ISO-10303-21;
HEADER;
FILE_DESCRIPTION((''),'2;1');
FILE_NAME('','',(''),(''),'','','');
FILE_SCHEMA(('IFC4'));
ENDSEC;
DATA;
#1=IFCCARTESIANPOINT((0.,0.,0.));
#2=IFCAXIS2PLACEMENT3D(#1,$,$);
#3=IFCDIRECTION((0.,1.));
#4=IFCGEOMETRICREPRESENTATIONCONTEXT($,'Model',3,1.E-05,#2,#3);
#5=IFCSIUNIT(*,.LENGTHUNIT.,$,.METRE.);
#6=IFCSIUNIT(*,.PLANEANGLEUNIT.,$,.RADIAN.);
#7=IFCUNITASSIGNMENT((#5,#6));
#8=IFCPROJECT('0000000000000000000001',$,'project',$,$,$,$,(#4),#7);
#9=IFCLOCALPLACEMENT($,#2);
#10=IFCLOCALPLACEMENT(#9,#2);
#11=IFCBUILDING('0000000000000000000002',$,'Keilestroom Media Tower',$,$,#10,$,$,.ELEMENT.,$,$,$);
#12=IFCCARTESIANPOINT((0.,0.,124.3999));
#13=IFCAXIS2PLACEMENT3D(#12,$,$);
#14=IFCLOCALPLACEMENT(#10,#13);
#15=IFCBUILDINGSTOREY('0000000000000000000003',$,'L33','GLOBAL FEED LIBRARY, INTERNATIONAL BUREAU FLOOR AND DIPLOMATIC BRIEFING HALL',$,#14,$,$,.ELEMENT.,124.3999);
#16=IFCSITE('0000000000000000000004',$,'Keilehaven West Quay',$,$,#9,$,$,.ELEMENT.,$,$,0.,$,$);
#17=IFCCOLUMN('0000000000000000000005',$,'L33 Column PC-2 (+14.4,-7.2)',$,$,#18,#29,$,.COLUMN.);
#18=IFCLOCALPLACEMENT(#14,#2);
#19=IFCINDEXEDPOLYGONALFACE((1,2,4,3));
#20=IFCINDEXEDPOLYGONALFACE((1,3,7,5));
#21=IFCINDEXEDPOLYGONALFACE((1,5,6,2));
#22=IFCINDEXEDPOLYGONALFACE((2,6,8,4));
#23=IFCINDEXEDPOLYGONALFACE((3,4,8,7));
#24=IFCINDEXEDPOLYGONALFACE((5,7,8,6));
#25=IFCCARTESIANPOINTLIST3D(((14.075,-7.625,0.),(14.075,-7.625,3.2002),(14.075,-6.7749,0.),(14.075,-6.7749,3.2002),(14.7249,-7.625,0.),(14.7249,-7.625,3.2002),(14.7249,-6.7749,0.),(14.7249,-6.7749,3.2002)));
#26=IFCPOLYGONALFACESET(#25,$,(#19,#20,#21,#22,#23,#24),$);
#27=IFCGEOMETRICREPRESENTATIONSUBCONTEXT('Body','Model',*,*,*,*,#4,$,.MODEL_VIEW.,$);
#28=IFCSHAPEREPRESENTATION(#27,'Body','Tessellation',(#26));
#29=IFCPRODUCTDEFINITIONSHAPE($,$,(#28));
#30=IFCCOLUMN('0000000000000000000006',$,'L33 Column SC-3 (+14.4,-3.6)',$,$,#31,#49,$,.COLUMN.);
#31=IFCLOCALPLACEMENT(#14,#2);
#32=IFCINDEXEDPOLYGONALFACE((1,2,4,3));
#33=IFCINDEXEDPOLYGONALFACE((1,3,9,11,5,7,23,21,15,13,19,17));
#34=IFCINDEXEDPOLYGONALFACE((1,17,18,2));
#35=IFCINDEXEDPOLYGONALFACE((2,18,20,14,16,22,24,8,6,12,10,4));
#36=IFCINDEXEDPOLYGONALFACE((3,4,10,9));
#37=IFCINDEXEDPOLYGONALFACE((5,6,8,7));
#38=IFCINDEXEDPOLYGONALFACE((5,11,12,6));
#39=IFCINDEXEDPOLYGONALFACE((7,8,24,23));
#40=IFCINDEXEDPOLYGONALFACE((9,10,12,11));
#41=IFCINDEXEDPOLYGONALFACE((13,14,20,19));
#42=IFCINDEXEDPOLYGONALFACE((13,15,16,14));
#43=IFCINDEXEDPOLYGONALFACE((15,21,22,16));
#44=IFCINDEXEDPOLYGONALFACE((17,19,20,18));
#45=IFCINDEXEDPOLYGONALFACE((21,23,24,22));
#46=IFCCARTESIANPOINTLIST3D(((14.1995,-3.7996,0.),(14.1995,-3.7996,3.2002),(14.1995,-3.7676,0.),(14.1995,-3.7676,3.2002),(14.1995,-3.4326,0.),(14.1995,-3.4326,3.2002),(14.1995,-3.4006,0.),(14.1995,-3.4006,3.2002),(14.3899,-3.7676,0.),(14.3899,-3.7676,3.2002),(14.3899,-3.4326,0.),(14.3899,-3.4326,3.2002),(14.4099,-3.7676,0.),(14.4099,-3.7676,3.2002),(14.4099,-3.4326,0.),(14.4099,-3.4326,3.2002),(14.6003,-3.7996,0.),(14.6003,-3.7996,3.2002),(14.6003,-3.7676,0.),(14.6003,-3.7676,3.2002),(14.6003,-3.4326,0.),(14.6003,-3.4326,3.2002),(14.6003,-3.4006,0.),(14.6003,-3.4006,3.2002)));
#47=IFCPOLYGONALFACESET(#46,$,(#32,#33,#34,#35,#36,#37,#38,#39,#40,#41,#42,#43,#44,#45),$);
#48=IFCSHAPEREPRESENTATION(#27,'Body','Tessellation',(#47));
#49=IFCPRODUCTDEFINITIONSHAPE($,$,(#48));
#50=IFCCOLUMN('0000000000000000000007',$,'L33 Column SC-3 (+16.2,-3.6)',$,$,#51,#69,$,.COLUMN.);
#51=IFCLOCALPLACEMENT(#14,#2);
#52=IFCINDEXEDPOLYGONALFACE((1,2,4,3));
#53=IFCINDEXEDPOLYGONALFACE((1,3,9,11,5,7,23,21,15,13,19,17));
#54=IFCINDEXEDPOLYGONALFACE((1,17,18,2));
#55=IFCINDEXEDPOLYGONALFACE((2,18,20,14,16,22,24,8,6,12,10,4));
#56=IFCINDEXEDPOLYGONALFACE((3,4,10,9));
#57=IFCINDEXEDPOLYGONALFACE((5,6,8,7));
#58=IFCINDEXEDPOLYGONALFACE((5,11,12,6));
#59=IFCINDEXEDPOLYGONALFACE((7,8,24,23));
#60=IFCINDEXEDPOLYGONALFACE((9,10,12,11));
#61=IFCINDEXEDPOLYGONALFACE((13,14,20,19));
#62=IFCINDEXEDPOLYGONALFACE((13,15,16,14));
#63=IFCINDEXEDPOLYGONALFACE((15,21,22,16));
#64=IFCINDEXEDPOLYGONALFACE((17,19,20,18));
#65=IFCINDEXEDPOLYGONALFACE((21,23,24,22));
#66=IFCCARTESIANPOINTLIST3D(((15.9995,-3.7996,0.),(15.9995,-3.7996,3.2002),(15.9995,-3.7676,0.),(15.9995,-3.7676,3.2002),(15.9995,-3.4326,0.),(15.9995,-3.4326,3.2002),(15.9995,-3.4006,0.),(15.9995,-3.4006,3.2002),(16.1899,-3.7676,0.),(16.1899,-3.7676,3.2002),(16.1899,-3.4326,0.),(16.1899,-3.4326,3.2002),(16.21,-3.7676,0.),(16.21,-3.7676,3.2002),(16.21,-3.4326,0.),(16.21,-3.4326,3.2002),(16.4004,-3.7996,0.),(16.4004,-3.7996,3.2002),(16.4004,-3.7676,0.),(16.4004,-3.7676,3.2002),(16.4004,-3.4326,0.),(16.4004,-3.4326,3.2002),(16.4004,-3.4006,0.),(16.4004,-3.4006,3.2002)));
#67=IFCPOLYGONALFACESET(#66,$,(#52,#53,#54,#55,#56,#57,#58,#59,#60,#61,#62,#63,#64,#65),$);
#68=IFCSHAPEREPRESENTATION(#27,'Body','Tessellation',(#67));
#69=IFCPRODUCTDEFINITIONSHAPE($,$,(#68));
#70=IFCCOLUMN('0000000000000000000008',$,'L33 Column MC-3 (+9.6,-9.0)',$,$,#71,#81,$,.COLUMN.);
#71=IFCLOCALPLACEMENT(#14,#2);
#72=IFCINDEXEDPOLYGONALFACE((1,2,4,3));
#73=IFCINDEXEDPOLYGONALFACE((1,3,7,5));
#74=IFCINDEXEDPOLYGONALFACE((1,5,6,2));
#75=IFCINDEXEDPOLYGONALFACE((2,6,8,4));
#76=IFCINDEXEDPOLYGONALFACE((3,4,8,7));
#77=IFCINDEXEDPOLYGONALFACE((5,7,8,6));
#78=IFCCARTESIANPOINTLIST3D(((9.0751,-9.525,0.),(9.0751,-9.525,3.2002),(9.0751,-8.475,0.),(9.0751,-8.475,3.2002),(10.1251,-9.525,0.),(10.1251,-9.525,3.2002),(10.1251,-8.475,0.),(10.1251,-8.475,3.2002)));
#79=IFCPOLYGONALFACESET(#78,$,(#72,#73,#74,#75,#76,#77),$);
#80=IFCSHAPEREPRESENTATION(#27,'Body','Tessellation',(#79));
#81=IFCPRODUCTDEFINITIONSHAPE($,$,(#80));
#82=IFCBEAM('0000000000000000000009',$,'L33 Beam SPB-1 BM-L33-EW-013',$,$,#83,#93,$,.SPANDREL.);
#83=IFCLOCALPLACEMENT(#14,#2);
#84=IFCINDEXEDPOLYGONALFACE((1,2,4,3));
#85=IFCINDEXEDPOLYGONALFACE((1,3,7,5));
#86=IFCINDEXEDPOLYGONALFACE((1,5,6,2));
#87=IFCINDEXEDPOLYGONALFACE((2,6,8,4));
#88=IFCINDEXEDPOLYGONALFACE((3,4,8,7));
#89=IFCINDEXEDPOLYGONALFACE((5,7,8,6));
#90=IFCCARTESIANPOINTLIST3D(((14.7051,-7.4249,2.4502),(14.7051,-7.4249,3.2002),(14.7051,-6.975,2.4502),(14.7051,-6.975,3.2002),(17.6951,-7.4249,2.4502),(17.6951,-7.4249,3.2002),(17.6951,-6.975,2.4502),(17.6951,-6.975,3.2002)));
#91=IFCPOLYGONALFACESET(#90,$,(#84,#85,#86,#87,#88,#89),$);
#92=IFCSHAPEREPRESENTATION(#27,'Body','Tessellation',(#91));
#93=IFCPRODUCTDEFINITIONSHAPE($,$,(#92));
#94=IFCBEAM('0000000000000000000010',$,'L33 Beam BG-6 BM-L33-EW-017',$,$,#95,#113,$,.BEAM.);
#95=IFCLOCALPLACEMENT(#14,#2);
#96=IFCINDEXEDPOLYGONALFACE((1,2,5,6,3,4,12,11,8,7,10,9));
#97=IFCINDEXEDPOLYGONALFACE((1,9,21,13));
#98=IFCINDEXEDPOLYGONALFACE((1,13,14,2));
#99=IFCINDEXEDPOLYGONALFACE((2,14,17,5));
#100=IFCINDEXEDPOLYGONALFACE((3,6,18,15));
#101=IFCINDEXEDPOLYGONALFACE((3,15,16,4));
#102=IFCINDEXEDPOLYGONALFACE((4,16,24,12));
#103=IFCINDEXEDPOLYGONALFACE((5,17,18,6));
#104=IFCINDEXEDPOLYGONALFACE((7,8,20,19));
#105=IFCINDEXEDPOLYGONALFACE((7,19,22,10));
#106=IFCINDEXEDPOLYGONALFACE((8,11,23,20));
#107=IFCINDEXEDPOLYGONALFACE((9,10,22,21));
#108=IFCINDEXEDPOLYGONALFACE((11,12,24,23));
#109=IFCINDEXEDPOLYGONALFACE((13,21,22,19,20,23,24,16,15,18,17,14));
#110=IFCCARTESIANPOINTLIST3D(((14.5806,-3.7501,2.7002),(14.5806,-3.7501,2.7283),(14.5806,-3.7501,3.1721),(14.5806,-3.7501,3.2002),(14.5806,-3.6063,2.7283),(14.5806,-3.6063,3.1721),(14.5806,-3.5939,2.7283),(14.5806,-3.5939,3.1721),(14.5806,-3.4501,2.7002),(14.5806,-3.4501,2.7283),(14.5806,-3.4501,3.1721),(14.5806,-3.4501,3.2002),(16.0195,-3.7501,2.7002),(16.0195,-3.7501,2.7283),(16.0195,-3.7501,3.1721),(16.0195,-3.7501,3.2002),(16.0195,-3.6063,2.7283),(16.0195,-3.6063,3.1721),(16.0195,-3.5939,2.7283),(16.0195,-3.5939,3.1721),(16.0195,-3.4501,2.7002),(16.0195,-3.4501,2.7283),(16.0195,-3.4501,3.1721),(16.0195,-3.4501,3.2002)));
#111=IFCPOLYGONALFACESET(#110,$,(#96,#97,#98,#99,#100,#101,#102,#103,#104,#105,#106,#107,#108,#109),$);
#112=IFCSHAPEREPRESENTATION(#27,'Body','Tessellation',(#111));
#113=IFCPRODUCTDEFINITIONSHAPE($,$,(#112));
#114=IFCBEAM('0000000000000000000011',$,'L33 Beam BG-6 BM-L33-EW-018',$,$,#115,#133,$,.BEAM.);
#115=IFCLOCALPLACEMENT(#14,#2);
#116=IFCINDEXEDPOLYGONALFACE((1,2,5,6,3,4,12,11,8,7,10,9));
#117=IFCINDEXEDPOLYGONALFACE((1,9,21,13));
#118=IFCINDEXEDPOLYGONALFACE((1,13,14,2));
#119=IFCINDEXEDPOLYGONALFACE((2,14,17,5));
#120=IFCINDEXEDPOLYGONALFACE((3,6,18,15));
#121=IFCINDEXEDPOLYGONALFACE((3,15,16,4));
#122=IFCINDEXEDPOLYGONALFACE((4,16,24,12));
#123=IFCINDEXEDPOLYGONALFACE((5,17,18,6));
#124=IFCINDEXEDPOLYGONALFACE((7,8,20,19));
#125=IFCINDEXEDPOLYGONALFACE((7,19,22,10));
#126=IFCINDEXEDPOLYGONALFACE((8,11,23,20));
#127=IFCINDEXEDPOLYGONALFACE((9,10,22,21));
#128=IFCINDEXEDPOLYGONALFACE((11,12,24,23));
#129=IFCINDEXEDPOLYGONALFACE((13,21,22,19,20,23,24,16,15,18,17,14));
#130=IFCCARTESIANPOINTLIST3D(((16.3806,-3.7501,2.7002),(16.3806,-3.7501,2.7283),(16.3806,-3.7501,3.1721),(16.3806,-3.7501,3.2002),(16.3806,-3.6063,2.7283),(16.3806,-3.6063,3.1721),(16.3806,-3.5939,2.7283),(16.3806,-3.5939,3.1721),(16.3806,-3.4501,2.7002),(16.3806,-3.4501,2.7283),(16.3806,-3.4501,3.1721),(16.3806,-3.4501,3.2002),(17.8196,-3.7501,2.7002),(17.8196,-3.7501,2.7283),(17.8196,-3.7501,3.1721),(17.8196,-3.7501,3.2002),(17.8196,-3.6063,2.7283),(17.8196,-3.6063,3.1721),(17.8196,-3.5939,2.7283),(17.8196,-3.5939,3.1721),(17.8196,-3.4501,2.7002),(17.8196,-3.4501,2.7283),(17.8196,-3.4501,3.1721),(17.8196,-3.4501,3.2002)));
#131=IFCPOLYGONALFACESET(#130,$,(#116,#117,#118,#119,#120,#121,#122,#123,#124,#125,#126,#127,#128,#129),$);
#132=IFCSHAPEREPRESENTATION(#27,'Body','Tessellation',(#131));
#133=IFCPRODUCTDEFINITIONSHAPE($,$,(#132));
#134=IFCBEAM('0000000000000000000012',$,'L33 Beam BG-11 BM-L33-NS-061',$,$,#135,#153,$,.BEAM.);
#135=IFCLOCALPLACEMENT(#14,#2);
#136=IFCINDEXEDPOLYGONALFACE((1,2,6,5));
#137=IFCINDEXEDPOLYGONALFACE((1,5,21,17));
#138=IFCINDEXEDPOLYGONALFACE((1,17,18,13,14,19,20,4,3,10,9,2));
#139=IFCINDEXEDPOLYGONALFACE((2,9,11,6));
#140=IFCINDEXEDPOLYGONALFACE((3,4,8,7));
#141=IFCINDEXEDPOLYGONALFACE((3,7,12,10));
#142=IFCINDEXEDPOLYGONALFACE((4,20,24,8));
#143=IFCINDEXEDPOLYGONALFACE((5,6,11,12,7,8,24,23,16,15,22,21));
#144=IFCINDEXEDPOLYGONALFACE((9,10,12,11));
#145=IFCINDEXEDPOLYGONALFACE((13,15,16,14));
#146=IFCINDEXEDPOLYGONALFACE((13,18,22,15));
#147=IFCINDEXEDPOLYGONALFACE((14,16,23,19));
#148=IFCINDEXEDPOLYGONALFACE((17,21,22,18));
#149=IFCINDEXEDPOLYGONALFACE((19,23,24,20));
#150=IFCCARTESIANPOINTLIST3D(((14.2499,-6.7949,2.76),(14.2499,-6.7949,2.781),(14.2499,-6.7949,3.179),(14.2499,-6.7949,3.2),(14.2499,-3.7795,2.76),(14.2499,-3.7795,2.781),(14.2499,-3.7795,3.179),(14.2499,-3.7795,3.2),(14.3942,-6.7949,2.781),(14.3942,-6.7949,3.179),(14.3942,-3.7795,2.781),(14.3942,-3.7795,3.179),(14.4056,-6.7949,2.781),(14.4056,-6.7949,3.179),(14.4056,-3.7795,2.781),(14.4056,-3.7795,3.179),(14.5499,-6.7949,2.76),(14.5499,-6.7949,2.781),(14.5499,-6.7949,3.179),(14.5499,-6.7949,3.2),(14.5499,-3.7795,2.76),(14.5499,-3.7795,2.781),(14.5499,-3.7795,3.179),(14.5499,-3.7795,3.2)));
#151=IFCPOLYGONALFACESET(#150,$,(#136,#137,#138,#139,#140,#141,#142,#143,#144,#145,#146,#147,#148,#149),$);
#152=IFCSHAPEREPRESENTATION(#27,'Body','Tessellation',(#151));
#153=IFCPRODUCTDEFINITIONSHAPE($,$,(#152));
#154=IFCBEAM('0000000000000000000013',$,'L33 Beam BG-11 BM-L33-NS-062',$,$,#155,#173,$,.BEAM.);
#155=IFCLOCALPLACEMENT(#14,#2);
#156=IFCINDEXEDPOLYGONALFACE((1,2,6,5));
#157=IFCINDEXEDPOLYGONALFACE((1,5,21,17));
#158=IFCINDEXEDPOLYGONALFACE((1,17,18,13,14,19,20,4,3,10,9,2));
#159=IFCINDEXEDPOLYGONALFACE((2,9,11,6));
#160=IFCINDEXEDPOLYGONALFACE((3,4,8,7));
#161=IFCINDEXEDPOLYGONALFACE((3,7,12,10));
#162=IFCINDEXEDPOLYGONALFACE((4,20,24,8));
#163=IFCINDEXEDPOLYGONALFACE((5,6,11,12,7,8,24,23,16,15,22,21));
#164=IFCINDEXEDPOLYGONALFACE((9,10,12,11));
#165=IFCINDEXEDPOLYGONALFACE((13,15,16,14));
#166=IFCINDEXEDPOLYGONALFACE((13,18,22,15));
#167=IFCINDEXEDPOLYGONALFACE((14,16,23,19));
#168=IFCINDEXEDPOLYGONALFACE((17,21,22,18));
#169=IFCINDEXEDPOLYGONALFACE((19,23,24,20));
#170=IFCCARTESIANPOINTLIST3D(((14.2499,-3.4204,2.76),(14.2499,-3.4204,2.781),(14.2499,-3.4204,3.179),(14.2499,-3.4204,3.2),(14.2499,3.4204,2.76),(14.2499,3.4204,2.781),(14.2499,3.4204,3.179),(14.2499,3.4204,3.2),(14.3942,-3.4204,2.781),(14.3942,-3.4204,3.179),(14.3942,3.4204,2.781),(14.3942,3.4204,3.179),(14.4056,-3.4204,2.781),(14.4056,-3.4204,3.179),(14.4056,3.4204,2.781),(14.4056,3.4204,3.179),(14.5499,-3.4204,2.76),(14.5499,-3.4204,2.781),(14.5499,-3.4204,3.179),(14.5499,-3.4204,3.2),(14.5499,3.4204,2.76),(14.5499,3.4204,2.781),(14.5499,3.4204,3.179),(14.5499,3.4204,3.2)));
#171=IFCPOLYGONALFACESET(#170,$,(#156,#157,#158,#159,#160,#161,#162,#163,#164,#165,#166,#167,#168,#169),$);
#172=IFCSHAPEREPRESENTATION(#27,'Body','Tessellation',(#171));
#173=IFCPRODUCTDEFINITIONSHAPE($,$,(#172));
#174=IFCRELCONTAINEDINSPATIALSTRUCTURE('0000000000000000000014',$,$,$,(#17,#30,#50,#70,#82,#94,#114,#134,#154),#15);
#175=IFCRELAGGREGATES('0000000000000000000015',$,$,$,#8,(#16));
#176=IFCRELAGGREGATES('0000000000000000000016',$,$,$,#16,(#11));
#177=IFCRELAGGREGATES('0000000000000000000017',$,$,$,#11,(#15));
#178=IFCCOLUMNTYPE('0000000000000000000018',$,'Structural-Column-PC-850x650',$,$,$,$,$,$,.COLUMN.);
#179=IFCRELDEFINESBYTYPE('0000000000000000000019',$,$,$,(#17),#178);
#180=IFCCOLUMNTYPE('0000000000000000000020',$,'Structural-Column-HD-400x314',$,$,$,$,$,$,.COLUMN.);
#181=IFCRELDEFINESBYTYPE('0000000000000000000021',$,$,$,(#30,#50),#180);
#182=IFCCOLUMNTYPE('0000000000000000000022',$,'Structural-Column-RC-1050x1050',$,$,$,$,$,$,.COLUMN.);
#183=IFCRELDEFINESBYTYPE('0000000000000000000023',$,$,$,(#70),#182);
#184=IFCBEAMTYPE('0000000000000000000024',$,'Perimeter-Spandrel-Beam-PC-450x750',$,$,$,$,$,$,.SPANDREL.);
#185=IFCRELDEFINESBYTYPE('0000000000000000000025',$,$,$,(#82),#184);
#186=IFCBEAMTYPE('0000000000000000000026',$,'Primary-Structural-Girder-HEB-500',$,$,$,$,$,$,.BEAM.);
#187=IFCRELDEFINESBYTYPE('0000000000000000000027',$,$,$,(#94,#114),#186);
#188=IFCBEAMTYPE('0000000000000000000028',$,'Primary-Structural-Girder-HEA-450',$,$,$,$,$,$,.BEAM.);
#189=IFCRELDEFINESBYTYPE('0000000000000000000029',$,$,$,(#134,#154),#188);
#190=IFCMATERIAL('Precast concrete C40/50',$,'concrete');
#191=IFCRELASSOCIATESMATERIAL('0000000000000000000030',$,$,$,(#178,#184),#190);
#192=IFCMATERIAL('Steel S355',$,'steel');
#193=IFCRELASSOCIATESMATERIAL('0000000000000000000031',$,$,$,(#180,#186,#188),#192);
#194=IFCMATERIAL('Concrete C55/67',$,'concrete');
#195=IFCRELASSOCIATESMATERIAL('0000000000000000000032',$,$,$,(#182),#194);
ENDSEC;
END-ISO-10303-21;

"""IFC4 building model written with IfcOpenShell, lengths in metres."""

from ifc_helpers import new_model, si_unit, direction, frame, origin, origin_2d, place, context, subcontext, project, spatial, rectangle, i_section, extrude, source, transform, mapped, material, material_profile, profile_set, type_object, element, save


model = new_model("IFC4")

# Units and contexts
model_context = context("Model", 3, precision=1e-05, world=origin(), true_north=direction((0.0, 1.0)))
body_context = subcontext(model_context, "Body", "Model", "MODEL_VIEW")
ifc_project = project(units=[si_unit("LENGTHUNIT", "METRE"), si_unit("PLANEANGLEUNIT", "RADIAN")], contexts=[model_context])

# Site, building, storey
site_placement = place(None, origin())
site = spatial("IfcSite", under=ifc_project, at=site_placement, Name="Keilehaven West Quay", CompositionType="ELEMENT", RefElevation=0.0)
building_placement = place(site_placement, origin())
building = spatial("IfcBuilding", under=site, at=building_placement, Name="Keilestroom Media Tower", CompositionType="ELEMENT")
storey_placement = place(building_placement, frame((0.0, 0.0, 124.3999)))
storey = spatial("IfcBuildingStorey", under=building, at=storey_placement, Name="L33", Description="GLOBAL FEED LIBRARY, INTERNATIONAL BUREAU FLOOR AND DIPLOMATIC BRIEFING HALL", CompositionType="ELEMENT", Elevation=124.3999)

# Columns
ifc_material_1 = material(Name="Precast concrete C40/50", Category="concrete")
ifc_material_profile_1 = material_profile(ifc_material_1, rectangle(XDim=0.6499, YDim=0.8501, at=origin_2d()), Name="PC 850x650")
ifc_profile_set_1 = profile_set([ifc_material_profile_1], Name="Precast concrete C40/50")
column_type_1 = type_object("IfcColumnType", Name="Structural-Column-PC-850x650", PredefinedType="COLUMN", material=ifc_profile_set_1)
shared_shape_1 = source(origin(), body_context, "Body", "SweptSolid", [
    extrude(rectangle(XDim=0.6499, YDim=0.8501, at=origin_2d()), origin(), (0.0, 0.0, 1.0), 3.2002),
])
column_1_placement = place(storey_placement, frame((14.3999, -7.2, 0.0), z_axis=(0.0, 0.0, 1.0), x_axis=(1.0, 0.0, 0.0)))
element("IfcColumn", 1, at=column_1_placement, inside=storey, type_object=column_type_1, Name="L33 Column PC-2 (+14.4,-7.2)", PredefinedType="COLUMN", context=body_context, shape_type="MappedRepresentation", body=[
    mapped(shared_shape_1, transform((0.0, 0.0, 0.0), x_axis=(1.0, 0.0, 0.0), y_axis=(0.0, 1.0, 0.0), z_axis=(0.0, 0.0, 1.0), scale=1.0)),
])
ifc_material_2 = material(Name="Steel S355", Category="steel")
ifc_material_profile_2 = material_profile(ifc_material_2, i_section(OverallWidth=0.4009, OverallDepth=0.3989, WebThickness=0.02, FlangeThickness=0.032, at=origin_2d()), Name="HD 400x314")
ifc_profile_set_2 = profile_set([ifc_material_profile_2], Name="Steel S355")
column_type_2 = type_object("IfcColumnType", Name="Structural-Column-HD-400x314", PredefinedType="COLUMN", material=ifc_profile_set_2)
shared_shape_2 = source(origin(), body_context, "Body", "SweptSolid", [
    extrude(i_section(OverallWidth=0.4009, OverallDepth=0.3989, WebThickness=0.02, FlangeThickness=0.032, at=origin_2d()), origin(), (0.0, 0.0, 1.0), 3.2002),
])
for number, where, z_axis, x_axis, name in (
    (2, (14.3999, -3.6001, 0.0), (0.0, 0.0, 1.0), (1.0, 0.0, 0.0), "L33 Column SC-3 (+14.4,-3.6)"),
    (3, (16.2, -3.6001, 0.0), (0.0, 0.0, 1.0), (1.0, 0.0, 0.0), "L33 Column SC-3 (+16.2,-3.6)"),
):
    element("IfcColumn", number, at=place(storey_placement, frame(where, z_axis=z_axis, x_axis=x_axis)), inside=storey, type_object=column_type_2, Name=name, PredefinedType="COLUMN", context=body_context, shape_type="MappedRepresentation", body=[
        mapped(shared_shape_2, transform((0.0, 0.0, 0.0), x_axis=(1.0, 0.0, 0.0), y_axis=(0.0, 1.0, 0.0), z_axis=(0.0, 0.0, 1.0), scale=1.0)),
    ])
ifc_material_3 = material(Name="Concrete C55/67", Category="concrete")
ifc_material_profile_3 = material_profile(ifc_material_3, rectangle(XDim=1.05, YDim=1.05, at=origin_2d()), Name="RC 1050x1050")
ifc_profile_set_3 = profile_set([ifc_material_profile_3], Name="Concrete C55/67")
column_type_3 = type_object("IfcColumnType", Name="Structural-Column-RC-1050x1050", PredefinedType="COLUMN", material=ifc_profile_set_3)
shared_shape_3 = source(origin(), body_context, "Body", "SweptSolid", [
    extrude(rectangle(XDim=1.05, YDim=1.05, at=origin_2d()), origin(), (0.0, 0.0, 1.0), 3.2002),
])
column_2_placement = place(storey_placement, frame((9.6001, -9.0, 0.0), z_axis=(0.0, 0.0, 1.0), x_axis=(1.0, 0.0, 0.0)))
element("IfcColumn", 4, at=column_2_placement, inside=storey, type_object=column_type_3, Name="L33 Column MC-3 (+9.6,-9.0)", PredefinedType="COLUMN", context=body_context, shape_type="MappedRepresentation", body=[
    mapped(shared_shape_3, transform((0.0, 0.0, 0.0), x_axis=(1.0, 0.0, 0.0), y_axis=(0.0, 1.0, 0.0), z_axis=(0.0, 0.0, 1.0), scale=1.0)),
])

# Beams
ifc_material_profile_4 = material_profile(ifc_material_1, rectangle(XDim=0.45, YDim=0.75, at=origin_2d()), Name="PC 450x750")
ifc_profile_set_4 = profile_set([ifc_material_profile_4], Name="Precast concrete C40/50")
beam_type_1 = type_object("IfcBeamType", Name="Perimeter-Spandrel-Beam-PC-450x750", PredefinedType="SPANDREL", material=ifc_profile_set_4)
shared_shape_4 = source(origin(), body_context, "Body", "SweptSolid", [
    extrude(rectangle(XDim=0.45, YDim=0.75, at=origin_2d()), origin(), (0.0, 0.0, 1.0), 2.99),
])
beam_1_placement = place(storey_placement, frame((14.7051, -7.2, 2.8252), z_axis=(1.0, 0.0, 0.0), x_axis=(0.0, 1.0, 0.0)))
element("IfcBeam", 5, at=beam_1_placement, inside=storey, type_object=beam_type_1, Name="L33 Beam SPB-1 BM-L33-EW-013", PredefinedType="SPANDREL", context=body_context, shape_type="MappedRepresentation", body=[
    mapped(shared_shape_4, transform((0.0, 0.0, 0.0), x_axis=(1.0, 0.0, 0.0), y_axis=(0.0, 1.0, 0.0), z_axis=(0.0, 0.0, 1.0), scale=1.0)),
])
ifc_material_profile_5 = material_profile(ifc_material_2, i_section(OverallWidth=0.3, OverallDepth=0.5, WebThickness=0.0125, FlangeThickness=0.0281, at=origin_2d()), Name="HEB 500")
ifc_profile_set_5 = profile_set([ifc_material_profile_5], Name="Steel S355")
beam_type_2 = type_object("IfcBeamType", Name="Primary-Structural-Girder-HEB-500", PredefinedType="BEAM", material=ifc_profile_set_5)
shared_shape_5 = source(origin(), body_context, "Body", "SweptSolid", [
    extrude(i_section(OverallWidth=0.3, OverallDepth=0.5, WebThickness=0.0125, FlangeThickness=0.0281, at=origin_2d()), origin(), (0.0, 0.0, 1.0), 1.439),
])
for number, where, z_axis, x_axis, name in (
    (6, (14.5806, -3.6001, 2.9502), (1.0, 0.0, 0.0), (0.0, 1.0, 0.0), "L33 Beam BG-6 BM-L33-EW-017"),
    (7, (16.3806, -3.6001, 2.9502), (1.0, 0.0, 0.0), (0.0, 1.0, 0.0), "L33 Beam BG-6 BM-L33-EW-018"),
):
    element("IfcBeam", number, at=place(storey_placement, frame(where, z_axis=z_axis, x_axis=x_axis)), inside=storey, type_object=beam_type_2, Name=name, PredefinedType="BEAM", context=body_context, shape_type="MappedRepresentation", body=[
        mapped(shared_shape_5, transform((0.0, 0.0, 0.0), x_axis=(1.0, 0.0, 0.0), y_axis=(0.0, 1.0, 0.0), z_axis=(0.0, 0.0, 1.0), scale=1.0)),
    ])
ifc_material_profile_6 = material_profile(ifc_material_2, i_section(OverallWidth=0.3, OverallDepth=0.4399, WebThickness=0.0115, FlangeThickness=0.021, at=origin_2d()), Name="HEA 450")
ifc_profile_set_6 = profile_set([ifc_material_profile_6], Name="Steel S355")
beam_type_3 = type_object("IfcBeamType", Name="Primary-Structural-Girder-HEA-450", PredefinedType="BEAM", material=ifc_profile_set_6)
shared_shape_6 = source(origin(), body_context, "Body", "SweptSolid", [
    extrude(i_section(OverallWidth=0.3, OverallDepth=0.4399, WebThickness=0.0115, FlangeThickness=0.021, at=origin_2d()), origin(), (0.0, 0.0, 1.0), 3.0154),
])
beam_2_placement = place(storey_placement, frame((14.3999, -6.7949, 2.98), z_axis=(0.0, 1.0, 0.0), x_axis=(-1.0, 0.0, 0.0)))
element("IfcBeam", 8, at=beam_2_placement, inside=storey, type_object=beam_type_3, Name="L33 Beam BG-11 BM-L33-NS-061", PredefinedType="BEAM", context=body_context, shape_type="MappedRepresentation", body=[
    mapped(shared_shape_6, transform((0.0, 0.0, 0.0), x_axis=(1.0, 0.0, 0.0), y_axis=(0.0, 1.0, 0.0), z_axis=(0.0, 0.0, 1.0), scale=1.0)),
])
shared_shape_7 = source(origin(), body_context, "Body", "SweptSolid", [
    extrude(i_section(OverallWidth=0.3, OverallDepth=0.4399, WebThickness=0.0115, FlangeThickness=0.021, at=origin_2d()), origin(), (0.0, 0.0, 1.0), 6.8408),
])
for number, where, z_axis, x_axis, name in (
    (9, (14.3999, -3.4204, 2.98), (0.0, 1.0, 0.0), (-1.0, 0.0, 0.0), "L33 Beam BG-11 BM-L33-NS-062"),
):
    element("IfcBeam", number, at=place(storey_placement, frame(where, z_axis=z_axis, x_axis=x_axis)), inside=storey, type_object=beam_type_3, Name=name, PredefinedType="BEAM", context=body_context, shape_type="MappedRepresentation", body=[
        mapped(shared_shape_7, transform((0.0, 0.0, 0.0), x_axis=(1.0, 0.0, 0.0), y_axis=(0.0, 1.0, 0.0), z_axis=(0.0, 0.0, 1.0), scale=1.0)),
    ])

save(model, "model.ifc")
